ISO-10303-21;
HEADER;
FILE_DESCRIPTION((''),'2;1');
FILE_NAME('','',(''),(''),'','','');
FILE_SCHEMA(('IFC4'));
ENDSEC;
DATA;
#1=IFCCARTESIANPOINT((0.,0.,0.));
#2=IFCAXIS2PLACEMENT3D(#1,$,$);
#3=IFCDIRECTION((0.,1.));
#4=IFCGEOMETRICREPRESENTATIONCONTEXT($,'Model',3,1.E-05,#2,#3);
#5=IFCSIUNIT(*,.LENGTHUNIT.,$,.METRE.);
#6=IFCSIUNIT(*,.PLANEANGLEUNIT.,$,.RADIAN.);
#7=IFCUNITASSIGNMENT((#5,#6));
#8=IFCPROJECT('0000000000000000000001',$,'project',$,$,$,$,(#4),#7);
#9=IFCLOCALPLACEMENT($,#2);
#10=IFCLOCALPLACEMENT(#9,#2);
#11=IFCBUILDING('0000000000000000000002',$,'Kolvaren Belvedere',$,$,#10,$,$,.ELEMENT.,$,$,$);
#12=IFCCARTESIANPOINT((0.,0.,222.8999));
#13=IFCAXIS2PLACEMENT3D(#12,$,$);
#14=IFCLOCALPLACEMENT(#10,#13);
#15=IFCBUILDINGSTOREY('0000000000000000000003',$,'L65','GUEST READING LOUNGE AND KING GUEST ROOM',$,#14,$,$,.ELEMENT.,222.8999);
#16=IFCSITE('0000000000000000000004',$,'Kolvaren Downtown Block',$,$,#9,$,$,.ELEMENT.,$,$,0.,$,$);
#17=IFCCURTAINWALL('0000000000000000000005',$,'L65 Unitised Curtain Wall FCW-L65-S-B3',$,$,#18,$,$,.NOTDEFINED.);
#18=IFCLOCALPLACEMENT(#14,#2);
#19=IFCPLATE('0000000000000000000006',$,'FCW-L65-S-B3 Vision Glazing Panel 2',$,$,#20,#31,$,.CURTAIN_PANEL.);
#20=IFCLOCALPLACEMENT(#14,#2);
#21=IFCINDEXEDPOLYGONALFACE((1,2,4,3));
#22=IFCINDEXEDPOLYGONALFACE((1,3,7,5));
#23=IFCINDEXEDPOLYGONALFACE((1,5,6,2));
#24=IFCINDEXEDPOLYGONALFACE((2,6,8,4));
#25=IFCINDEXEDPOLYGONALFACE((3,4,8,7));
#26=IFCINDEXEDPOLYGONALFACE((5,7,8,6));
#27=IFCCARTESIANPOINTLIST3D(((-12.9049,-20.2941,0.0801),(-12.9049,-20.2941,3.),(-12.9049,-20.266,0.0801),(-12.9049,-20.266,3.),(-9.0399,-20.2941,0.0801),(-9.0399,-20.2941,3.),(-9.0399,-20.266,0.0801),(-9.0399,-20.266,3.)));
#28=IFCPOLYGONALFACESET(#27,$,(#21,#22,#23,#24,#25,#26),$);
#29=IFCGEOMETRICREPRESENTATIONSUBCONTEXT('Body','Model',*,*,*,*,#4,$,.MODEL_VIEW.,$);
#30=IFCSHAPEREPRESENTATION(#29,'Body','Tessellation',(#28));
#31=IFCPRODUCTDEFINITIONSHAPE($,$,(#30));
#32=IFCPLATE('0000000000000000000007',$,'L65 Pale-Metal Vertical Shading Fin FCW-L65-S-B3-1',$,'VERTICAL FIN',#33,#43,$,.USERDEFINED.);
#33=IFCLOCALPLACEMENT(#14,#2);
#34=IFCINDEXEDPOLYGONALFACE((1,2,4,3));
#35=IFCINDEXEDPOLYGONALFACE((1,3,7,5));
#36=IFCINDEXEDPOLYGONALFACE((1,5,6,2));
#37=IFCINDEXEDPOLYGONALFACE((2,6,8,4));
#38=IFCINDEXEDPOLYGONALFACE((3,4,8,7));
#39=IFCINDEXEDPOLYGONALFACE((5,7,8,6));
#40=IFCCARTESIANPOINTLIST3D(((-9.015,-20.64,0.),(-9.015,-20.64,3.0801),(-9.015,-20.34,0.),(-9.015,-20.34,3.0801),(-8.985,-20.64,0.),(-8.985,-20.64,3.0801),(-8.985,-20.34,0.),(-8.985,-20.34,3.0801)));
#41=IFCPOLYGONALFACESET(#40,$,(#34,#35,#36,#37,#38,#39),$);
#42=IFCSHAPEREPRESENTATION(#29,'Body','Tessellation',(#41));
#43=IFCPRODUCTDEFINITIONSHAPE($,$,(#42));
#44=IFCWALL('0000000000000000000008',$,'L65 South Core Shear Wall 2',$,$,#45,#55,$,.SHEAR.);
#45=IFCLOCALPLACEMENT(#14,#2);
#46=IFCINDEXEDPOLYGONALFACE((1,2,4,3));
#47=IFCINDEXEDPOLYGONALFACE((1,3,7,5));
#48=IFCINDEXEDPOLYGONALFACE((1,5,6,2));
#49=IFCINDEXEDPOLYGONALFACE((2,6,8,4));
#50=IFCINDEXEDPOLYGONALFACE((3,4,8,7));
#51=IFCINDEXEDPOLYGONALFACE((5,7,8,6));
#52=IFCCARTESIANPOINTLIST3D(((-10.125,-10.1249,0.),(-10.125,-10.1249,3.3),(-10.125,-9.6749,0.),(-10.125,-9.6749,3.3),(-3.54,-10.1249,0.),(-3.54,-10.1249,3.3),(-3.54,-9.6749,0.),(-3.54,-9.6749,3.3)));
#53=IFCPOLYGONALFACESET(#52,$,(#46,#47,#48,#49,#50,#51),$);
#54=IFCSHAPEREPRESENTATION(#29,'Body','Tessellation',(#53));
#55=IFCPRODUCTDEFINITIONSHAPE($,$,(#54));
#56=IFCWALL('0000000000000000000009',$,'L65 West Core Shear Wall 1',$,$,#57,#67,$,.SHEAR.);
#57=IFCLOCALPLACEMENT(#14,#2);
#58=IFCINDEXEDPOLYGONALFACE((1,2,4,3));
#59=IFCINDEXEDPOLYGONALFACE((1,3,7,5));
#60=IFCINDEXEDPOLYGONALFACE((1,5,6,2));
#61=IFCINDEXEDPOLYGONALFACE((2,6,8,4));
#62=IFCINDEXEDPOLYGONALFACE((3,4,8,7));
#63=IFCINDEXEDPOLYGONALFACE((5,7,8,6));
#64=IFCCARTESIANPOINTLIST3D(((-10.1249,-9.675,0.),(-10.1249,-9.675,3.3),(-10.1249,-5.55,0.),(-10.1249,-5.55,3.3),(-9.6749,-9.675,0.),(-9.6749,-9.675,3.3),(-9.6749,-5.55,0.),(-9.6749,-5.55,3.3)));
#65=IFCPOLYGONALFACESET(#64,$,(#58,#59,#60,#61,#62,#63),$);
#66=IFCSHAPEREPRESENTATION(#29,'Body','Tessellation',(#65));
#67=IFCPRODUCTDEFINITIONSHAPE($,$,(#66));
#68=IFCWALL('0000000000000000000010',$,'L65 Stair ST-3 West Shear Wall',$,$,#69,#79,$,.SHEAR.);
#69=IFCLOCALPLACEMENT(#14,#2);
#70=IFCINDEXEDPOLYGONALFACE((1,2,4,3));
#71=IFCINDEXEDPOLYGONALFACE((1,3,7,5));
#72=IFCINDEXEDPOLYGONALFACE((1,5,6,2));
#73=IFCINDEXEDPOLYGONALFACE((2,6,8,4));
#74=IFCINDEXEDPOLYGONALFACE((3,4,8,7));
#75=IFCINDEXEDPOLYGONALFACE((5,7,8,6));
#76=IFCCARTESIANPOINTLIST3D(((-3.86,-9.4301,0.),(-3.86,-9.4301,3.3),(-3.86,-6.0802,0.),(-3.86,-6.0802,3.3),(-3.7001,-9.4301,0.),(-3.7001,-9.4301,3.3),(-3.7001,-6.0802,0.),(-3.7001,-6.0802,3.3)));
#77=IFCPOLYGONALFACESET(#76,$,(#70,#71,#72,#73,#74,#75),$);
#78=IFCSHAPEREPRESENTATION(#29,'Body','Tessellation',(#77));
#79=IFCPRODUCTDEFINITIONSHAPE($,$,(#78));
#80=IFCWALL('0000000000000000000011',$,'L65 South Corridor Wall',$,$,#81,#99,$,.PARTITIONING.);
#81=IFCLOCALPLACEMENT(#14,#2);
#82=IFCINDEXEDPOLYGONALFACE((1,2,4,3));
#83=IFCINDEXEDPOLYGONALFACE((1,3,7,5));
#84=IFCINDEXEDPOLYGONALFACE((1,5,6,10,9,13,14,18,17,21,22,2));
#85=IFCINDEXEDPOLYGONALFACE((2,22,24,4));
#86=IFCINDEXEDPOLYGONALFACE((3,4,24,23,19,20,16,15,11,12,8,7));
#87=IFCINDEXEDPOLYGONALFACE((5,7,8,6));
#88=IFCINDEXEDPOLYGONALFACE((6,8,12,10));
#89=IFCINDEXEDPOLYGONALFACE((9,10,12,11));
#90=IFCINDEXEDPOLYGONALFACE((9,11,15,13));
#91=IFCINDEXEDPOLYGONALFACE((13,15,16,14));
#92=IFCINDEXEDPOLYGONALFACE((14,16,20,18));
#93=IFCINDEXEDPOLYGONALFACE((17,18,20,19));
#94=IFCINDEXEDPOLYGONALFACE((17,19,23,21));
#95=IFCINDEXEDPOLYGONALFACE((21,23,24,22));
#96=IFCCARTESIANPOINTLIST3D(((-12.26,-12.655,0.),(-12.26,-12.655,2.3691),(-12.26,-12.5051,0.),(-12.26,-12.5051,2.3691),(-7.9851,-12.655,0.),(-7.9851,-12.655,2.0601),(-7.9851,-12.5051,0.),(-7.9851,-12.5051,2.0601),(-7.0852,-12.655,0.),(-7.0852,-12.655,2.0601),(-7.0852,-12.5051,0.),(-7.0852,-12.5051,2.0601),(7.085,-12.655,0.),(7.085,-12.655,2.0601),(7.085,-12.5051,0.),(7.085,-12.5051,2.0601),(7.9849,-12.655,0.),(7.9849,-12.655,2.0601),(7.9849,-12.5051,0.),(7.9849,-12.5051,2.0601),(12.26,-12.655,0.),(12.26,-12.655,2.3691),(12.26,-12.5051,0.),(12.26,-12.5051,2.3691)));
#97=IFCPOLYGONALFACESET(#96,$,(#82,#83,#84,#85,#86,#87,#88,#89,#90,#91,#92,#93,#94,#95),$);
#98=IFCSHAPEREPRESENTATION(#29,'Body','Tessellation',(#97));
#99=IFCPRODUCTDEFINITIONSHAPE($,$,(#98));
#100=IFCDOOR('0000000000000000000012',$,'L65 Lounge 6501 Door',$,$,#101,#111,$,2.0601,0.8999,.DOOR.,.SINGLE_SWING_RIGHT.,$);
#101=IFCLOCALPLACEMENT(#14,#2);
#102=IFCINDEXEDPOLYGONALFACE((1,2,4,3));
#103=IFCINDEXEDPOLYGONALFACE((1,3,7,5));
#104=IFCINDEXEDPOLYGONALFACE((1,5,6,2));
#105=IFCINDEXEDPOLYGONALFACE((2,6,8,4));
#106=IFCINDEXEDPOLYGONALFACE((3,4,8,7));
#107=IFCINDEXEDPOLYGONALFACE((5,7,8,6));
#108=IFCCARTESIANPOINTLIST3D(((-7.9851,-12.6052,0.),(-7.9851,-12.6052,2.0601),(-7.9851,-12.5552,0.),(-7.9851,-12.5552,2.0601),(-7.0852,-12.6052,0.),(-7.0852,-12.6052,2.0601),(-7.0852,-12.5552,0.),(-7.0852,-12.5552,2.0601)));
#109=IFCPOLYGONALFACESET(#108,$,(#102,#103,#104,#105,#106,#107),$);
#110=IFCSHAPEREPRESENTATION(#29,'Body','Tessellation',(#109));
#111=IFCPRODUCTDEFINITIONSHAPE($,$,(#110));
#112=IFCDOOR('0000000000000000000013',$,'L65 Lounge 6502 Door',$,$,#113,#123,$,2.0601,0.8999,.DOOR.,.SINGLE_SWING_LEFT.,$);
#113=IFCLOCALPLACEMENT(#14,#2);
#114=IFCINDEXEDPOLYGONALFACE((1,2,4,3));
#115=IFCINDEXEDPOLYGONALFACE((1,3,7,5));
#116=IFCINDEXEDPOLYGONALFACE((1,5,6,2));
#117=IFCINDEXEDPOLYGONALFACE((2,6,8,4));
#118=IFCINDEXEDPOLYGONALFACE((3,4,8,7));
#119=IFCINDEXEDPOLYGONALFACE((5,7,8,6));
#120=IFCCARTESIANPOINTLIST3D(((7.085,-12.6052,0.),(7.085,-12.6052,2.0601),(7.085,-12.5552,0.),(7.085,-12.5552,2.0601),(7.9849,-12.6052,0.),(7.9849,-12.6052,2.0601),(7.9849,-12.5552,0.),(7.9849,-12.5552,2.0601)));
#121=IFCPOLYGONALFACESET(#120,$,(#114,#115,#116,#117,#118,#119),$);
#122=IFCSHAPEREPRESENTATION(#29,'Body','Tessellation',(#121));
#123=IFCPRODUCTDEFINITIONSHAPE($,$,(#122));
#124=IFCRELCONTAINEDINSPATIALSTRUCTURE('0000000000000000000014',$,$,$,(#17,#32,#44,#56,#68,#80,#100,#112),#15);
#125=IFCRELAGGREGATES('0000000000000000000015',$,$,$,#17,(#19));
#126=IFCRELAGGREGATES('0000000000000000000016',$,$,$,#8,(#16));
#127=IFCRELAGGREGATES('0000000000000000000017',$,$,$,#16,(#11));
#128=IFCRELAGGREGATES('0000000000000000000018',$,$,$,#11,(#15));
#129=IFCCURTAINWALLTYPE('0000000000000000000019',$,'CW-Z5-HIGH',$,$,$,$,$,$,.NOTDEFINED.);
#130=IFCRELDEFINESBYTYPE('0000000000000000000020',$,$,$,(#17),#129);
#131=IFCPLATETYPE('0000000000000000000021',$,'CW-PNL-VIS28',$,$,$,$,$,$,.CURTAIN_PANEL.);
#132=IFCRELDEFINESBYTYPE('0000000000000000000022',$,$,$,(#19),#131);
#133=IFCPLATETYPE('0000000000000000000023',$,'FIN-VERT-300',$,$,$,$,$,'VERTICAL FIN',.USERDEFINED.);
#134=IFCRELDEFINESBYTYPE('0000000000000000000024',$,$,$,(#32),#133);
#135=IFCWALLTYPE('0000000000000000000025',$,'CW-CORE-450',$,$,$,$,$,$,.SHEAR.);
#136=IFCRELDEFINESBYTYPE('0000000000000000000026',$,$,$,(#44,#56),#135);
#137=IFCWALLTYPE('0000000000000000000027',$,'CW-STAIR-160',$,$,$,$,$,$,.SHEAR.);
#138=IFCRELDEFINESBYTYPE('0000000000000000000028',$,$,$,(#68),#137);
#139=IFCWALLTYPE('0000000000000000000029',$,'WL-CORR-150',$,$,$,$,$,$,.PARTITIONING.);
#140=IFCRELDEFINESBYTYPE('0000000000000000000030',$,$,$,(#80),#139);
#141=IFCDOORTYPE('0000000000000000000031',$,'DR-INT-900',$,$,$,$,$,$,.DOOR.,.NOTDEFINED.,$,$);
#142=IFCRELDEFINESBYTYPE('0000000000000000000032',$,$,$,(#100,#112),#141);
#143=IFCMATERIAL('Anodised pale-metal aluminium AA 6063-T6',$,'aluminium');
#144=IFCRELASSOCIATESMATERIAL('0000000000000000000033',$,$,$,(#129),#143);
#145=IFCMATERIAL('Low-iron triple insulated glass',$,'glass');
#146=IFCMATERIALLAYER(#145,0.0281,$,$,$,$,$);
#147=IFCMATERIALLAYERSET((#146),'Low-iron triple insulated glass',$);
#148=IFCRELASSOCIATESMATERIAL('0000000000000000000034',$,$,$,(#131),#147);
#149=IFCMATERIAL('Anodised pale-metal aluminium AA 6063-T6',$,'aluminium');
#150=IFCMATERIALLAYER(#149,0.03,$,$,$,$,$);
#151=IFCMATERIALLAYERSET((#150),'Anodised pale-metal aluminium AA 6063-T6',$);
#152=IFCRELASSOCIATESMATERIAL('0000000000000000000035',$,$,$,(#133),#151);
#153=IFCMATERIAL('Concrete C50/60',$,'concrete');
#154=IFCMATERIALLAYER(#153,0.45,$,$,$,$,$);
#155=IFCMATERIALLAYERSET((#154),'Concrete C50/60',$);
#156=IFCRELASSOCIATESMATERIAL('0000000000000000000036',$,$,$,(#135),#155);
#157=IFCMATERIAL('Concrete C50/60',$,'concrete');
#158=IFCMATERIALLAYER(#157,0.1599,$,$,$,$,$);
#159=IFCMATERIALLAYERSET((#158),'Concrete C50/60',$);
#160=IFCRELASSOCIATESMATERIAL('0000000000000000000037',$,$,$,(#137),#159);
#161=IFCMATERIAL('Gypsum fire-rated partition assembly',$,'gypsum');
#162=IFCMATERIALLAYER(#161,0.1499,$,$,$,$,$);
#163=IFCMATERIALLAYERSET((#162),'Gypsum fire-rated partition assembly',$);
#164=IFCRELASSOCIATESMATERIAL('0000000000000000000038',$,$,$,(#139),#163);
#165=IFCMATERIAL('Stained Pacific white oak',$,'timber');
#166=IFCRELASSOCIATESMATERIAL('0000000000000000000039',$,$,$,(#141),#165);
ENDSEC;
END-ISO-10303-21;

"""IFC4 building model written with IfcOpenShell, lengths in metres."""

from ifc_helpers import new_model, si_unit, direction, frame, frame_2d, origin, origin_2d, place, context, subcontext, project, spatial, rectangle, extrude, material, layer, layer_set, type_object, element, fill, aggregate, save


model = new_model("IFC4")

# Units and contexts
model_context = context("Model", 3, precision=1e-05, world=origin(), true_north=direction((0.0, 1.0)))
body_context = subcontext(model_context, "Body", "Model", "MODEL_VIEW")
ifc_project = project(units=[si_unit("LENGTHUNIT", "METRE"), si_unit("PLANEANGLEUNIT", "RADIAN")], contexts=[model_context])

# Site, building, storey
site_placement = place(None, origin())
site = spatial("IfcSite", under=ifc_project, at=site_placement, Name="Kolvaren Downtown Block", CompositionType="ELEMENT", RefElevation=0.0)
building_placement = place(site_placement, origin())
building = spatial("IfcBuilding", under=site, at=building_placement, Name="Kolvaren Belvedere", CompositionType="ELEMENT")
storey_placement = place(building_placement, frame((0.0, 0.0, 222.8999)))
storey = spatial("IfcBuildingStorey", under=building, at=storey_placement, Name="L65", Description="GUEST READING LOUNGE AND KING GUEST ROOM", CompositionType="ELEMENT", Elevation=222.8999)

# Shared definitions
ifc_material_1 = material(Name="Anodised pale-metal aluminium AA 6063-T6", Category="aluminium")
curtain_wall_type = type_object("IfcCurtainWallType", Name="CW-Z5-HIGH", PredefinedType="NOTDEFINED", material=ifc_material_1)

# Curtain wall
curtain_wall_1_placement = place(storey_placement, origin())
curtain_wall_1 = element("IfcCurtainWall", 1, at=curtain_wall_1_placement, inside=storey, type_object=curtain_wall_type, Name="L65 Unitised Curtain Wall FCW-L65-S-B3", PredefinedType="NOTDEFINED")

# Plates
ifc_material_2 = material(Name="Low-iron triple insulated glass", Category="glass")
ifc_layer_1 = layer(ifc_material_2, 0.0281)
ifc_layer_set_1 = layer_set([ifc_layer_1], Name="Low-iron triple insulated glass")
plate_type_1 = type_object("IfcPlateType", Name="CW-PNL-VIS28", PredefinedType="CURTAIN_PANEL", material=ifc_layer_set_1)
plate_1_placement = place(storey_placement, frame((-10.9724, -20.28, 0.0801), z_axis=(0.0, 0.0, 1.0), x_axis=(-1.0, 0.0, 0.0)))
plate_1 = element("IfcPlate", 2, at=plate_1_placement, type_object=plate_type_1, Name="FCW-L65-S-B3 Vision Glazing Panel 2", PredefinedType="CURTAIN_PANEL", context=body_context, shape_type="SweptSolid", body=[
    extrude(rectangle(XDim=3.865, YDim=0.0281, at=origin_2d()), origin(), (0.0, 0.0, 1.0), 2.9199),
])
aggregate(curtain_wall_1, [plate_1])
ifc_material_3 = material(Name="Anodised pale-metal aluminium AA 6063-T6", Category="aluminium")
ifc_layer_2 = layer(ifc_material_3, 0.03)
ifc_layer_set_2 = layer_set([ifc_layer_2], Name="Anodised pale-metal aluminium AA 6063-T6")
plate_type_2 = type_object("IfcPlateType", Name="FIN-VERT-300", ElementType="VERTICAL FIN", PredefinedType="USERDEFINED", material=ifc_layer_set_2)
plate_2_placement = place(storey_placement, frame((-9.0, -20.49, 0.0), z_axis=(0.0, 0.0, 1.0), x_axis=(0.0, 1.0, 0.0)))
element("IfcPlate", 3, at=plate_2_placement, inside=storey, type_object=plate_type_2, Name="L65 Pale-Metal Vertical Shading Fin FCW-L65-S-B3-1", ObjectType="VERTICAL FIN", PredefinedType="USERDEFINED", context=body_context, shape_type="SweptSolid", body=[
    extrude(rectangle(XDim=0.3, YDim=0.03, at=origin_2d()), origin(), (0.0, 0.0, 1.0), 3.0801),
])

# Walls
ifc_material_4 = material(Name="Concrete C50/60", Category="concrete")
ifc_layer_3 = layer(ifc_material_4, 0.45)
ifc_layer_set_3 = layer_set([ifc_layer_3], Name="Concrete C50/60")
wall_type_1 = type_object("IfcWallType", Name="CW-CORE-450", PredefinedType="SHEAR", material=ifc_layer_set_3)
wall_1_placement = place(storey_placement, frame((-3.54, -9.8999, 0.0), z_axis=(0.0, 0.0, 1.0), x_axis=(-1.0, 0.0, 0.0)))
element("IfcWall", 4, at=wall_1_placement, inside=storey, type_object=wall_type_1, Name="L65 South Core Shear Wall 2", PredefinedType="SHEAR", context=body_context, shape_type="SweptSolid", body=[
    extrude(rectangle(XDim=6.585, YDim=0.45, at=frame_2d((3.2925, 0.0))), origin(), (0.0, 0.0, 1.0), 3.3),
])
wall_2_placement = place(storey_placement, frame((-9.8999, -9.675, 0.0), z_axis=(0.0, 0.0, 1.0), x_axis=(0.0, 1.0, 0.0)))
element("IfcWall", 5, at=wall_2_placement, inside=storey, type_object=wall_type_1, Name="L65 West Core Shear Wall 1", PredefinedType="SHEAR", context=body_context, shape_type="SweptSolid", body=[
    extrude(rectangle(XDim=4.125, YDim=0.45, at=frame_2d((2.0625, 0.0))), origin(), (0.0, 0.0, 1.0), 3.3),
])
ifc_material_5 = material(Name="Concrete C50/60", Category="concrete")
ifc_layer_4 = layer(ifc_material_5, 0.1599)
ifc_layer_set_4 = layer_set([ifc_layer_4], Name="Concrete C50/60")
wall_type_2 = type_object("IfcWallType", Name="CW-STAIR-160", PredefinedType="SHEAR", material=ifc_layer_set_4)
wall_3_placement = place(storey_placement, frame((-3.78, -9.4299, 0.0), z_axis=(0.0, 0.0, 1.0), x_axis=(0.0, 1.0, 0.0)))
element("IfcWall", 6, at=wall_3_placement, inside=storey, type_object=wall_type_2, Name="L65 Stair ST-3 West Shear Wall", PredefinedType="SHEAR", context=body_context, shape_type="SweptSolid", body=[
    extrude(rectangle(XDim=3.3499, YDim=0.1599, at=frame_2d((1.6748, 0.0))), origin(), (0.0, 0.0, 1.0), 3.3),
])

# Wall, openings, doors
ifc_material_6 = material(Name="Gypsum fire-rated partition assembly", Category="gypsum")
ifc_layer_5 = layer(ifc_material_6, 0.1499)
ifc_layer_set_5 = layer_set([ifc_layer_5], Name="Gypsum fire-rated partition assembly")
wall_type_3 = type_object("IfcWallType", Name="WL-CORR-150", PredefinedType="PARTITIONING", material=ifc_layer_set_5)
wall_4_placement = place(storey_placement, frame((-12.26, -12.5801, 0.0), z_axis=(0.0, 0.0, 1.0), x_axis=(1.0, 0.0, 0.0)))
wall_4 = element("IfcWall", 7, at=wall_4_placement, inside=storey, type_object=wall_type_3, Name="L65 South Corridor Wall", PredefinedType="PARTITIONING", context=body_context, shape_type="SweptSolid", body=[
    extrude(rectangle(XDim=24.52, YDim=0.1499, at=frame_2d((12.26, 0.0))), origin(), (0.0, 0.0, 1.0), 2.3691),
])
opening_1_placement = place(wall_4_placement, frame((4.2749, 0.0, 0.0)))
opening_1 = element("IfcOpeningElement", 8, at=opening_1_placement, cuts=wall_4, PredefinedType="OPENING", context=body_context, shape_type="SweptSolid", body=[
    extrude(rectangle(XDim=0.8999, YDim=2.0601, at=frame_2d((0.45, 1.03))), frame((0.0, 0.085, 0.0), z_axis=(0.0, -1.0, 0.0), x_axis=(1.0, 0.0, 0.0)), (0.0, 0.0, 1.0), 0.1699),
])
opening_2_placement = place(wall_4_placement, frame((19.345, 0.0, 0.0)))
opening_2 = element("IfcOpeningElement", 9, at=opening_2_placement, cuts=wall_4, PredefinedType="OPENING", context=body_context, shape_type="SweptSolid", body=[
    extrude(rectangle(XDim=0.8999, YDim=2.0601, at=frame_2d((0.45, 1.03))), frame((0.0, 0.085, 0.0), z_axis=(0.0, -1.0, 0.0), x_axis=(1.0, 0.0, 0.0)), (0.0, 0.0, 1.0), 0.1699),
])
ifc_material_7 = material(Name="Stained Pacific white oak", Category="timber")
door_type_1 = type_object("IfcDoorType", Name="DR-INT-900", OperationType="NOTDEFINED", PredefinedType="DOOR", material=ifc_material_7)
door_1_placement = place(opening_1_placement, origin())
door_1 = element("IfcDoor", 10, at=door_1_placement, inside=storey, type_object=door_type_1, Name="L65 Lounge 6501 Door", OperationType="SINGLE_SWING_RIGHT", OverallHeight=2.0601, OverallWidth=0.8999, PredefinedType="DOOR", context=body_context, shape_type="SweptSolid", body=[
    extrude(rectangle(XDim=0.8999, YDim=2.0601, at=frame_2d((0.45, 1.03))), frame((0.0, 0.0249, 0.0), z_axis=(0.0, -1.0, 0.0), x_axis=(1.0, 0.0, 0.0)), (0.0, 0.0, 1.0), 0.05),
])
fill(opening_1, door_1)
door_2_placement = place(opening_2_placement, origin())
door_2 = element("IfcDoor", 11, at=door_2_placement, inside=storey, type_object=door_type_1, Name="L65 Lounge 6502 Door", OperationType="SINGLE_SWING_LEFT", OverallHeight=2.0601, OverallWidth=0.8999, PredefinedType="DOOR", context=body_context, shape_type="SweptSolid", body=[
    extrude(rectangle(XDim=0.8999, YDim=2.0601, at=frame_2d((0.45, 1.03))), frame((0.0, 0.0249, 0.0), z_axis=(0.0, -1.0, 0.0), x_axis=(1.0, 0.0, 0.0)), (0.0, 0.0, 1.0), 0.05),
])
fill(opening_2, door_2)

save(model, "model.ifc")
